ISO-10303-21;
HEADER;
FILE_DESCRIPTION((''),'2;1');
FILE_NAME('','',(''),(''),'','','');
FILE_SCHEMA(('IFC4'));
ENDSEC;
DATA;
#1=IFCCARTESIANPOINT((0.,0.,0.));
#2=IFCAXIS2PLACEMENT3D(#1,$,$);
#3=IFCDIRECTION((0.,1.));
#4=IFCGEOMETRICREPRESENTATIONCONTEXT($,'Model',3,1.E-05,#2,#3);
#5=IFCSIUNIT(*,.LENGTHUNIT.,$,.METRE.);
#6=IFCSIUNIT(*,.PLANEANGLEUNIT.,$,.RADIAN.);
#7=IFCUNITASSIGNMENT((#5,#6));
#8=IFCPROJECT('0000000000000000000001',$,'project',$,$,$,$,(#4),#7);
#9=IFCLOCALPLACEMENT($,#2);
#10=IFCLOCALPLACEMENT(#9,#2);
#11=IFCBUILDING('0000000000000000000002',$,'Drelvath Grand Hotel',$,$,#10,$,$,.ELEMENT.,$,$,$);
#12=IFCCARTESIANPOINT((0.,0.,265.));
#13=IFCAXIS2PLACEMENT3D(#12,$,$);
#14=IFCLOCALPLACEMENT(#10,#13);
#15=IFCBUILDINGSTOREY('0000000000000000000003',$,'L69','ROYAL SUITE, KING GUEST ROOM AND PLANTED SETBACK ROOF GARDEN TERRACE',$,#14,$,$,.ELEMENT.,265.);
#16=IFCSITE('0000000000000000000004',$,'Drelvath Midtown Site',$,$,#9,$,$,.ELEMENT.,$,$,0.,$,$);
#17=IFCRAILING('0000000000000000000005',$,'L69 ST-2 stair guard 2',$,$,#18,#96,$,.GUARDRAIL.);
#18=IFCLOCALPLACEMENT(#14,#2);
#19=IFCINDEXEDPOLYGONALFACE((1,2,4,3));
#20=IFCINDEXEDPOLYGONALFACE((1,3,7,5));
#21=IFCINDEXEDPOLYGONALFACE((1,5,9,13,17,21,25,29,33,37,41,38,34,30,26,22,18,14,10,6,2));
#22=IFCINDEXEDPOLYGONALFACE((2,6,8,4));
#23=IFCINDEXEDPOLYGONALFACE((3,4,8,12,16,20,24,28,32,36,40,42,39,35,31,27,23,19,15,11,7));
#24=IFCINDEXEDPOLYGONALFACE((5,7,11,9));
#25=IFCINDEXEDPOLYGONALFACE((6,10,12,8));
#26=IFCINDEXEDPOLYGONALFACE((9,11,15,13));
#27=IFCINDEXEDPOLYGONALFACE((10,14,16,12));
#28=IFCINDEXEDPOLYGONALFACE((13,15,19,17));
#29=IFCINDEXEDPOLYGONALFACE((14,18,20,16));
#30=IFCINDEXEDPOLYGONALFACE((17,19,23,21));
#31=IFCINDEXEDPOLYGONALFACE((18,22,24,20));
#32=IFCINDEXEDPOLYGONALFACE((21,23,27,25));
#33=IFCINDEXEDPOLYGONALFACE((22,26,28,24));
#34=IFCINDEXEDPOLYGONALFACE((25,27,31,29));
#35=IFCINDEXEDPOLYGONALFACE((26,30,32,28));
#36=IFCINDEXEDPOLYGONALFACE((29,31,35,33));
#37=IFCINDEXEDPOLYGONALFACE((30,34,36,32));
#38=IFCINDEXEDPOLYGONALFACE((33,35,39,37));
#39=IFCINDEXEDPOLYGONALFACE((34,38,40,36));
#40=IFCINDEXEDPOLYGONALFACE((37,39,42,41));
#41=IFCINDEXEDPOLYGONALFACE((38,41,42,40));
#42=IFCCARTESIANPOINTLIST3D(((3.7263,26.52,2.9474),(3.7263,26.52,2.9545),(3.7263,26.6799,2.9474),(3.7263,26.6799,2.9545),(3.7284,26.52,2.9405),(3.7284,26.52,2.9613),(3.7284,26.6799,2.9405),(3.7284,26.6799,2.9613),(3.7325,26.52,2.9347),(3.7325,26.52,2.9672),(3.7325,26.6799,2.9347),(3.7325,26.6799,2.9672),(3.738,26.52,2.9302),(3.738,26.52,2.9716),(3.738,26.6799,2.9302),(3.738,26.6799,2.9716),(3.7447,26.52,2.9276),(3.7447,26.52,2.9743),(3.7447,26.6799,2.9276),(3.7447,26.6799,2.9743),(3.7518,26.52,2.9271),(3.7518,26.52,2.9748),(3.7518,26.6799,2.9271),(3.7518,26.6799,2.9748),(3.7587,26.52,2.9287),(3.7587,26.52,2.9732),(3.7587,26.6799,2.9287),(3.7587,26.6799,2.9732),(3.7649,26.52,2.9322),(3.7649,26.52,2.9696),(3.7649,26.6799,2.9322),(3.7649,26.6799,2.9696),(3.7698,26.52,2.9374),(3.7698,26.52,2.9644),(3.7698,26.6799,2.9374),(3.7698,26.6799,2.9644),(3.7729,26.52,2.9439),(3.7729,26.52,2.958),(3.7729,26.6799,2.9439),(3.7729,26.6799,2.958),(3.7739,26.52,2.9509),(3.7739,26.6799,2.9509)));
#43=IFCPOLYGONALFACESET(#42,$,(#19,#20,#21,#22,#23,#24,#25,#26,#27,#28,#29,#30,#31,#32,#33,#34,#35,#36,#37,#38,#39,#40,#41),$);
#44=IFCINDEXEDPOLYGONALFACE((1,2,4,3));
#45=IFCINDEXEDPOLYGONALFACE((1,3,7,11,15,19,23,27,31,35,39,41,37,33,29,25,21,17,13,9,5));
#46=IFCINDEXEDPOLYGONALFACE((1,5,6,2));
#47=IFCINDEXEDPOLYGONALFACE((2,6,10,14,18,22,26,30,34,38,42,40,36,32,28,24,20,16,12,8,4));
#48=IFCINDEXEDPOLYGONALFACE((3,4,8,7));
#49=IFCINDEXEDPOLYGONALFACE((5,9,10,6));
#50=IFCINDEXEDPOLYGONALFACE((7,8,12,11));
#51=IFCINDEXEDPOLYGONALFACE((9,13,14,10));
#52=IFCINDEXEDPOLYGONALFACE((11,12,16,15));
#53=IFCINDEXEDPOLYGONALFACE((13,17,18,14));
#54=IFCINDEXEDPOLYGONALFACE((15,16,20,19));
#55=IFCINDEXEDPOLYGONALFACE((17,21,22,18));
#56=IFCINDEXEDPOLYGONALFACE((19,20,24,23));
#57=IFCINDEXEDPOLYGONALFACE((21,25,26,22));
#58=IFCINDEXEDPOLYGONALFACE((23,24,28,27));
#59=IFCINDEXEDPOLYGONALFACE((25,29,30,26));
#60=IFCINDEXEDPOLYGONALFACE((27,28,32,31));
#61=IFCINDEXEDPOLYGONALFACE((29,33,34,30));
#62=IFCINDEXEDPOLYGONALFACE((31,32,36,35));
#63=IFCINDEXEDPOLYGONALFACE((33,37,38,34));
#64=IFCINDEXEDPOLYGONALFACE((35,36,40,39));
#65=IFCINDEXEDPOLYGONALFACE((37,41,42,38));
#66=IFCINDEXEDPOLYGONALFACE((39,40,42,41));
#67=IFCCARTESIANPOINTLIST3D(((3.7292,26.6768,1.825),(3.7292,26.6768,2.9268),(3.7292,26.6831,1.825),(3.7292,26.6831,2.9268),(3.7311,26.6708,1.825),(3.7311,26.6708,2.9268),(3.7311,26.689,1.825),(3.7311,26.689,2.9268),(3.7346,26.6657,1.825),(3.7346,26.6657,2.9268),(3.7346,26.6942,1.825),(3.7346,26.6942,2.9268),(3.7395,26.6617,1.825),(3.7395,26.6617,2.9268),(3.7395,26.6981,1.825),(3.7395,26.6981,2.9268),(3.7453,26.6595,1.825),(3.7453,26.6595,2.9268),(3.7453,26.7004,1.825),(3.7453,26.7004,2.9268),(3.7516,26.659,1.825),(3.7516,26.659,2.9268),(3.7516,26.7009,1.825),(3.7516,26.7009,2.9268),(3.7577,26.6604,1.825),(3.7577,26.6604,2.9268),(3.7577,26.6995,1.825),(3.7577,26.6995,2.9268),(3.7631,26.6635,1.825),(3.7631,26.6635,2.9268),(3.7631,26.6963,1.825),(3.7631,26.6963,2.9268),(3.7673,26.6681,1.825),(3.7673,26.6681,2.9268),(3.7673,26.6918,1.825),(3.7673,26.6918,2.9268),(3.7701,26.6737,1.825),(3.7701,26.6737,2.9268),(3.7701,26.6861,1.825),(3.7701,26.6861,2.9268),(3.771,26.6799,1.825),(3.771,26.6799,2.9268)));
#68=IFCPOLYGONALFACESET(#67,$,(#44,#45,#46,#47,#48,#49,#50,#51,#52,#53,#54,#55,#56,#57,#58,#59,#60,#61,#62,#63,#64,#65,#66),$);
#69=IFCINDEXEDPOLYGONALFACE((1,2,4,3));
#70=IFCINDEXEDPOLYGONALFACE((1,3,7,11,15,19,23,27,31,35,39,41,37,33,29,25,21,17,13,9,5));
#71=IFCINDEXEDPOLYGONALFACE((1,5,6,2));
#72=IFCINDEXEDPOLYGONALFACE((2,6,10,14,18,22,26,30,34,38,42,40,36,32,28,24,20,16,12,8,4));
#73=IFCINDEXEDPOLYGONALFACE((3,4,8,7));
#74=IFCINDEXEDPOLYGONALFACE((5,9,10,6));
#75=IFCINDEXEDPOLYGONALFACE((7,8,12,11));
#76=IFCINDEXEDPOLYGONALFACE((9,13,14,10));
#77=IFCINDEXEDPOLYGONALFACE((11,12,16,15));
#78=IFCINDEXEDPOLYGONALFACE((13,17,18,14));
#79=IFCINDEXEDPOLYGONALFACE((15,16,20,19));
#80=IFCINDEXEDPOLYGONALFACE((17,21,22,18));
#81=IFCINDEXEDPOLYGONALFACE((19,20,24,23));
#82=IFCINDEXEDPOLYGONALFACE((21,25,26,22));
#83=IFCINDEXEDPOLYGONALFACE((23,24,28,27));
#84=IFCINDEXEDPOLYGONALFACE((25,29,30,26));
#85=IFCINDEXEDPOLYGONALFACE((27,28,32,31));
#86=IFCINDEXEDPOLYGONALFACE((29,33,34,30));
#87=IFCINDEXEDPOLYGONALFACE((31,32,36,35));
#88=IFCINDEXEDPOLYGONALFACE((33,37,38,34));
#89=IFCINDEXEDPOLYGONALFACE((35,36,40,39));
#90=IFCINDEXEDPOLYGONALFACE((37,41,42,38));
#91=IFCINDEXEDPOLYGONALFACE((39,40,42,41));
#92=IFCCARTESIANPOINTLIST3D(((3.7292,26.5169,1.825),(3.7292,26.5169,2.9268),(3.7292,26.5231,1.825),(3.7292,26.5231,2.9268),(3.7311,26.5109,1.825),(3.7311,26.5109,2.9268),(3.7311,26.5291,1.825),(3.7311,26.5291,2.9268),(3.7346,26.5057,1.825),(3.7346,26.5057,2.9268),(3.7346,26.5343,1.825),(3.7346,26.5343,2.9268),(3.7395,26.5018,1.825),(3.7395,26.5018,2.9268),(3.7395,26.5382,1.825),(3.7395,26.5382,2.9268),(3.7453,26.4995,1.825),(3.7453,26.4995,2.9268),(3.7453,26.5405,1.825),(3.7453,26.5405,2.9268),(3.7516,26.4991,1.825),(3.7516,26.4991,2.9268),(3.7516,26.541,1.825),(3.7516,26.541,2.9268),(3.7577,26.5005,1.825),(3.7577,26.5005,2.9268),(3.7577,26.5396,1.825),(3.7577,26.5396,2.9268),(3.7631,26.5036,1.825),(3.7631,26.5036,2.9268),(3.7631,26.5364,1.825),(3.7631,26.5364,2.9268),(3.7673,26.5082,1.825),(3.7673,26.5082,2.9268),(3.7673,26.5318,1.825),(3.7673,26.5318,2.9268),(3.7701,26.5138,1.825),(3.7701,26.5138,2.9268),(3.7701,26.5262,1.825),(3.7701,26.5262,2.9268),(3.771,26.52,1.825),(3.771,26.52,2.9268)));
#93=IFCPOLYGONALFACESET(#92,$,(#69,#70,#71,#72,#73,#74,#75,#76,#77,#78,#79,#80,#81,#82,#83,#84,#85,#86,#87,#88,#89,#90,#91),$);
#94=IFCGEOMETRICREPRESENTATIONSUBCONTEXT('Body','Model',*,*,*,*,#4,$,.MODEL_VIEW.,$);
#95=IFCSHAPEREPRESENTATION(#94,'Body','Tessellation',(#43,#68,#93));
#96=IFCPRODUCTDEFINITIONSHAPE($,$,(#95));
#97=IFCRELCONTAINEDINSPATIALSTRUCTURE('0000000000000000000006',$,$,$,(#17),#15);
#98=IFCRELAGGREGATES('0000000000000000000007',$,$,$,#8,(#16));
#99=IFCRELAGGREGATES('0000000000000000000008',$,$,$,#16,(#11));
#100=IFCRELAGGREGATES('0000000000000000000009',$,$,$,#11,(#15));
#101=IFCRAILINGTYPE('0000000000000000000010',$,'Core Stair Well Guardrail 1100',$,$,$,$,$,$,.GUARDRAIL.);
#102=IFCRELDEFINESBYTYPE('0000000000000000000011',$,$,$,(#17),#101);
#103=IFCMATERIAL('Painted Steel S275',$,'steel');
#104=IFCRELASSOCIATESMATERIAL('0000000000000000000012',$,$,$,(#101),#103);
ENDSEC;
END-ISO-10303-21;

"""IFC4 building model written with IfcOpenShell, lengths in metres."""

from ifc_helpers import new_model, si_unit, direction, frame, origin, origin_2d, place, context, subcontext, project, spatial, circle, extrude, material, type_object, element, save


model = new_model("IFC4")

# Units and contexts
model_context = context("Model", 3, precision=1e-05, world=origin(), true_north=direction((0.0, 1.0)))
body_context = subcontext(model_context, "Body", "Model", "MODEL_VIEW")
ifc_project = project(units=[si_unit("LENGTHUNIT", "METRE"), si_unit("PLANEANGLEUNIT", "RADIAN")], contexts=[model_context])

# Site, building, storey
site_placement = place(None, origin())
site = spatial("IfcSite", under=ifc_project, at=site_placement, Name="Drelvath Midtown Site", CompositionType="ELEMENT", RefElevation=0.0)
building_placement = place(site_placement, origin())
building = spatial("IfcBuilding", under=site, at=building_placement, Name="Drelvath Grand Hotel", CompositionType="ELEMENT")
storey_placement = place(building_placement, frame((0.0, 0.0, 265.0)))
storey = spatial("IfcBuildingStorey", under=building, at=storey_placement, Name="L69", Description="ROYAL SUITE, KING GUEST ROOM AND PLANTED SETBACK ROOF GARDEN TERRACE", CompositionType="ELEMENT", Elevation=265.0)

# Railing
ifc_material_1 = material(Name="Painted Steel S275", Category="steel")
railing_type_1 = type_object("IfcRailingType", Name="Core Stair Well Guardrail 1100", PredefinedType="GUARDRAIL", material=ifc_material_1)
railing_1_placement = place(storey_placement, frame((3.75, 26.6799, 1.825)))
element("IfcRailing", 1, at=railing_1_placement, inside=storey, type_object=railing_type_1, Name="L69 ST-2 stair guard 2", PredefinedType="GUARDRAIL", context=body_context, shape_type="SweptSolid", body=[
    extrude(circle(Radius=0.0239, at=origin_2d()), frame((0.0, 0.0, 1.126), z_axis=(0.0, -1.0, 0.0), x_axis=(1.0, 0.0, 0.0)), (0.0, 0.0, 1.0), 0.1599),
    extrude(circle(Radius=0.021, at=origin_2d()), origin(), (0.0, 0.0, 1.0), 1.1018),
    extrude(circle(Radius=0.021, at=origin_2d()), frame((0.0, -0.1599, 0.0)), (0.0, 0.0, 1.0), 1.1018),
])

save(model, "model.ifc")
